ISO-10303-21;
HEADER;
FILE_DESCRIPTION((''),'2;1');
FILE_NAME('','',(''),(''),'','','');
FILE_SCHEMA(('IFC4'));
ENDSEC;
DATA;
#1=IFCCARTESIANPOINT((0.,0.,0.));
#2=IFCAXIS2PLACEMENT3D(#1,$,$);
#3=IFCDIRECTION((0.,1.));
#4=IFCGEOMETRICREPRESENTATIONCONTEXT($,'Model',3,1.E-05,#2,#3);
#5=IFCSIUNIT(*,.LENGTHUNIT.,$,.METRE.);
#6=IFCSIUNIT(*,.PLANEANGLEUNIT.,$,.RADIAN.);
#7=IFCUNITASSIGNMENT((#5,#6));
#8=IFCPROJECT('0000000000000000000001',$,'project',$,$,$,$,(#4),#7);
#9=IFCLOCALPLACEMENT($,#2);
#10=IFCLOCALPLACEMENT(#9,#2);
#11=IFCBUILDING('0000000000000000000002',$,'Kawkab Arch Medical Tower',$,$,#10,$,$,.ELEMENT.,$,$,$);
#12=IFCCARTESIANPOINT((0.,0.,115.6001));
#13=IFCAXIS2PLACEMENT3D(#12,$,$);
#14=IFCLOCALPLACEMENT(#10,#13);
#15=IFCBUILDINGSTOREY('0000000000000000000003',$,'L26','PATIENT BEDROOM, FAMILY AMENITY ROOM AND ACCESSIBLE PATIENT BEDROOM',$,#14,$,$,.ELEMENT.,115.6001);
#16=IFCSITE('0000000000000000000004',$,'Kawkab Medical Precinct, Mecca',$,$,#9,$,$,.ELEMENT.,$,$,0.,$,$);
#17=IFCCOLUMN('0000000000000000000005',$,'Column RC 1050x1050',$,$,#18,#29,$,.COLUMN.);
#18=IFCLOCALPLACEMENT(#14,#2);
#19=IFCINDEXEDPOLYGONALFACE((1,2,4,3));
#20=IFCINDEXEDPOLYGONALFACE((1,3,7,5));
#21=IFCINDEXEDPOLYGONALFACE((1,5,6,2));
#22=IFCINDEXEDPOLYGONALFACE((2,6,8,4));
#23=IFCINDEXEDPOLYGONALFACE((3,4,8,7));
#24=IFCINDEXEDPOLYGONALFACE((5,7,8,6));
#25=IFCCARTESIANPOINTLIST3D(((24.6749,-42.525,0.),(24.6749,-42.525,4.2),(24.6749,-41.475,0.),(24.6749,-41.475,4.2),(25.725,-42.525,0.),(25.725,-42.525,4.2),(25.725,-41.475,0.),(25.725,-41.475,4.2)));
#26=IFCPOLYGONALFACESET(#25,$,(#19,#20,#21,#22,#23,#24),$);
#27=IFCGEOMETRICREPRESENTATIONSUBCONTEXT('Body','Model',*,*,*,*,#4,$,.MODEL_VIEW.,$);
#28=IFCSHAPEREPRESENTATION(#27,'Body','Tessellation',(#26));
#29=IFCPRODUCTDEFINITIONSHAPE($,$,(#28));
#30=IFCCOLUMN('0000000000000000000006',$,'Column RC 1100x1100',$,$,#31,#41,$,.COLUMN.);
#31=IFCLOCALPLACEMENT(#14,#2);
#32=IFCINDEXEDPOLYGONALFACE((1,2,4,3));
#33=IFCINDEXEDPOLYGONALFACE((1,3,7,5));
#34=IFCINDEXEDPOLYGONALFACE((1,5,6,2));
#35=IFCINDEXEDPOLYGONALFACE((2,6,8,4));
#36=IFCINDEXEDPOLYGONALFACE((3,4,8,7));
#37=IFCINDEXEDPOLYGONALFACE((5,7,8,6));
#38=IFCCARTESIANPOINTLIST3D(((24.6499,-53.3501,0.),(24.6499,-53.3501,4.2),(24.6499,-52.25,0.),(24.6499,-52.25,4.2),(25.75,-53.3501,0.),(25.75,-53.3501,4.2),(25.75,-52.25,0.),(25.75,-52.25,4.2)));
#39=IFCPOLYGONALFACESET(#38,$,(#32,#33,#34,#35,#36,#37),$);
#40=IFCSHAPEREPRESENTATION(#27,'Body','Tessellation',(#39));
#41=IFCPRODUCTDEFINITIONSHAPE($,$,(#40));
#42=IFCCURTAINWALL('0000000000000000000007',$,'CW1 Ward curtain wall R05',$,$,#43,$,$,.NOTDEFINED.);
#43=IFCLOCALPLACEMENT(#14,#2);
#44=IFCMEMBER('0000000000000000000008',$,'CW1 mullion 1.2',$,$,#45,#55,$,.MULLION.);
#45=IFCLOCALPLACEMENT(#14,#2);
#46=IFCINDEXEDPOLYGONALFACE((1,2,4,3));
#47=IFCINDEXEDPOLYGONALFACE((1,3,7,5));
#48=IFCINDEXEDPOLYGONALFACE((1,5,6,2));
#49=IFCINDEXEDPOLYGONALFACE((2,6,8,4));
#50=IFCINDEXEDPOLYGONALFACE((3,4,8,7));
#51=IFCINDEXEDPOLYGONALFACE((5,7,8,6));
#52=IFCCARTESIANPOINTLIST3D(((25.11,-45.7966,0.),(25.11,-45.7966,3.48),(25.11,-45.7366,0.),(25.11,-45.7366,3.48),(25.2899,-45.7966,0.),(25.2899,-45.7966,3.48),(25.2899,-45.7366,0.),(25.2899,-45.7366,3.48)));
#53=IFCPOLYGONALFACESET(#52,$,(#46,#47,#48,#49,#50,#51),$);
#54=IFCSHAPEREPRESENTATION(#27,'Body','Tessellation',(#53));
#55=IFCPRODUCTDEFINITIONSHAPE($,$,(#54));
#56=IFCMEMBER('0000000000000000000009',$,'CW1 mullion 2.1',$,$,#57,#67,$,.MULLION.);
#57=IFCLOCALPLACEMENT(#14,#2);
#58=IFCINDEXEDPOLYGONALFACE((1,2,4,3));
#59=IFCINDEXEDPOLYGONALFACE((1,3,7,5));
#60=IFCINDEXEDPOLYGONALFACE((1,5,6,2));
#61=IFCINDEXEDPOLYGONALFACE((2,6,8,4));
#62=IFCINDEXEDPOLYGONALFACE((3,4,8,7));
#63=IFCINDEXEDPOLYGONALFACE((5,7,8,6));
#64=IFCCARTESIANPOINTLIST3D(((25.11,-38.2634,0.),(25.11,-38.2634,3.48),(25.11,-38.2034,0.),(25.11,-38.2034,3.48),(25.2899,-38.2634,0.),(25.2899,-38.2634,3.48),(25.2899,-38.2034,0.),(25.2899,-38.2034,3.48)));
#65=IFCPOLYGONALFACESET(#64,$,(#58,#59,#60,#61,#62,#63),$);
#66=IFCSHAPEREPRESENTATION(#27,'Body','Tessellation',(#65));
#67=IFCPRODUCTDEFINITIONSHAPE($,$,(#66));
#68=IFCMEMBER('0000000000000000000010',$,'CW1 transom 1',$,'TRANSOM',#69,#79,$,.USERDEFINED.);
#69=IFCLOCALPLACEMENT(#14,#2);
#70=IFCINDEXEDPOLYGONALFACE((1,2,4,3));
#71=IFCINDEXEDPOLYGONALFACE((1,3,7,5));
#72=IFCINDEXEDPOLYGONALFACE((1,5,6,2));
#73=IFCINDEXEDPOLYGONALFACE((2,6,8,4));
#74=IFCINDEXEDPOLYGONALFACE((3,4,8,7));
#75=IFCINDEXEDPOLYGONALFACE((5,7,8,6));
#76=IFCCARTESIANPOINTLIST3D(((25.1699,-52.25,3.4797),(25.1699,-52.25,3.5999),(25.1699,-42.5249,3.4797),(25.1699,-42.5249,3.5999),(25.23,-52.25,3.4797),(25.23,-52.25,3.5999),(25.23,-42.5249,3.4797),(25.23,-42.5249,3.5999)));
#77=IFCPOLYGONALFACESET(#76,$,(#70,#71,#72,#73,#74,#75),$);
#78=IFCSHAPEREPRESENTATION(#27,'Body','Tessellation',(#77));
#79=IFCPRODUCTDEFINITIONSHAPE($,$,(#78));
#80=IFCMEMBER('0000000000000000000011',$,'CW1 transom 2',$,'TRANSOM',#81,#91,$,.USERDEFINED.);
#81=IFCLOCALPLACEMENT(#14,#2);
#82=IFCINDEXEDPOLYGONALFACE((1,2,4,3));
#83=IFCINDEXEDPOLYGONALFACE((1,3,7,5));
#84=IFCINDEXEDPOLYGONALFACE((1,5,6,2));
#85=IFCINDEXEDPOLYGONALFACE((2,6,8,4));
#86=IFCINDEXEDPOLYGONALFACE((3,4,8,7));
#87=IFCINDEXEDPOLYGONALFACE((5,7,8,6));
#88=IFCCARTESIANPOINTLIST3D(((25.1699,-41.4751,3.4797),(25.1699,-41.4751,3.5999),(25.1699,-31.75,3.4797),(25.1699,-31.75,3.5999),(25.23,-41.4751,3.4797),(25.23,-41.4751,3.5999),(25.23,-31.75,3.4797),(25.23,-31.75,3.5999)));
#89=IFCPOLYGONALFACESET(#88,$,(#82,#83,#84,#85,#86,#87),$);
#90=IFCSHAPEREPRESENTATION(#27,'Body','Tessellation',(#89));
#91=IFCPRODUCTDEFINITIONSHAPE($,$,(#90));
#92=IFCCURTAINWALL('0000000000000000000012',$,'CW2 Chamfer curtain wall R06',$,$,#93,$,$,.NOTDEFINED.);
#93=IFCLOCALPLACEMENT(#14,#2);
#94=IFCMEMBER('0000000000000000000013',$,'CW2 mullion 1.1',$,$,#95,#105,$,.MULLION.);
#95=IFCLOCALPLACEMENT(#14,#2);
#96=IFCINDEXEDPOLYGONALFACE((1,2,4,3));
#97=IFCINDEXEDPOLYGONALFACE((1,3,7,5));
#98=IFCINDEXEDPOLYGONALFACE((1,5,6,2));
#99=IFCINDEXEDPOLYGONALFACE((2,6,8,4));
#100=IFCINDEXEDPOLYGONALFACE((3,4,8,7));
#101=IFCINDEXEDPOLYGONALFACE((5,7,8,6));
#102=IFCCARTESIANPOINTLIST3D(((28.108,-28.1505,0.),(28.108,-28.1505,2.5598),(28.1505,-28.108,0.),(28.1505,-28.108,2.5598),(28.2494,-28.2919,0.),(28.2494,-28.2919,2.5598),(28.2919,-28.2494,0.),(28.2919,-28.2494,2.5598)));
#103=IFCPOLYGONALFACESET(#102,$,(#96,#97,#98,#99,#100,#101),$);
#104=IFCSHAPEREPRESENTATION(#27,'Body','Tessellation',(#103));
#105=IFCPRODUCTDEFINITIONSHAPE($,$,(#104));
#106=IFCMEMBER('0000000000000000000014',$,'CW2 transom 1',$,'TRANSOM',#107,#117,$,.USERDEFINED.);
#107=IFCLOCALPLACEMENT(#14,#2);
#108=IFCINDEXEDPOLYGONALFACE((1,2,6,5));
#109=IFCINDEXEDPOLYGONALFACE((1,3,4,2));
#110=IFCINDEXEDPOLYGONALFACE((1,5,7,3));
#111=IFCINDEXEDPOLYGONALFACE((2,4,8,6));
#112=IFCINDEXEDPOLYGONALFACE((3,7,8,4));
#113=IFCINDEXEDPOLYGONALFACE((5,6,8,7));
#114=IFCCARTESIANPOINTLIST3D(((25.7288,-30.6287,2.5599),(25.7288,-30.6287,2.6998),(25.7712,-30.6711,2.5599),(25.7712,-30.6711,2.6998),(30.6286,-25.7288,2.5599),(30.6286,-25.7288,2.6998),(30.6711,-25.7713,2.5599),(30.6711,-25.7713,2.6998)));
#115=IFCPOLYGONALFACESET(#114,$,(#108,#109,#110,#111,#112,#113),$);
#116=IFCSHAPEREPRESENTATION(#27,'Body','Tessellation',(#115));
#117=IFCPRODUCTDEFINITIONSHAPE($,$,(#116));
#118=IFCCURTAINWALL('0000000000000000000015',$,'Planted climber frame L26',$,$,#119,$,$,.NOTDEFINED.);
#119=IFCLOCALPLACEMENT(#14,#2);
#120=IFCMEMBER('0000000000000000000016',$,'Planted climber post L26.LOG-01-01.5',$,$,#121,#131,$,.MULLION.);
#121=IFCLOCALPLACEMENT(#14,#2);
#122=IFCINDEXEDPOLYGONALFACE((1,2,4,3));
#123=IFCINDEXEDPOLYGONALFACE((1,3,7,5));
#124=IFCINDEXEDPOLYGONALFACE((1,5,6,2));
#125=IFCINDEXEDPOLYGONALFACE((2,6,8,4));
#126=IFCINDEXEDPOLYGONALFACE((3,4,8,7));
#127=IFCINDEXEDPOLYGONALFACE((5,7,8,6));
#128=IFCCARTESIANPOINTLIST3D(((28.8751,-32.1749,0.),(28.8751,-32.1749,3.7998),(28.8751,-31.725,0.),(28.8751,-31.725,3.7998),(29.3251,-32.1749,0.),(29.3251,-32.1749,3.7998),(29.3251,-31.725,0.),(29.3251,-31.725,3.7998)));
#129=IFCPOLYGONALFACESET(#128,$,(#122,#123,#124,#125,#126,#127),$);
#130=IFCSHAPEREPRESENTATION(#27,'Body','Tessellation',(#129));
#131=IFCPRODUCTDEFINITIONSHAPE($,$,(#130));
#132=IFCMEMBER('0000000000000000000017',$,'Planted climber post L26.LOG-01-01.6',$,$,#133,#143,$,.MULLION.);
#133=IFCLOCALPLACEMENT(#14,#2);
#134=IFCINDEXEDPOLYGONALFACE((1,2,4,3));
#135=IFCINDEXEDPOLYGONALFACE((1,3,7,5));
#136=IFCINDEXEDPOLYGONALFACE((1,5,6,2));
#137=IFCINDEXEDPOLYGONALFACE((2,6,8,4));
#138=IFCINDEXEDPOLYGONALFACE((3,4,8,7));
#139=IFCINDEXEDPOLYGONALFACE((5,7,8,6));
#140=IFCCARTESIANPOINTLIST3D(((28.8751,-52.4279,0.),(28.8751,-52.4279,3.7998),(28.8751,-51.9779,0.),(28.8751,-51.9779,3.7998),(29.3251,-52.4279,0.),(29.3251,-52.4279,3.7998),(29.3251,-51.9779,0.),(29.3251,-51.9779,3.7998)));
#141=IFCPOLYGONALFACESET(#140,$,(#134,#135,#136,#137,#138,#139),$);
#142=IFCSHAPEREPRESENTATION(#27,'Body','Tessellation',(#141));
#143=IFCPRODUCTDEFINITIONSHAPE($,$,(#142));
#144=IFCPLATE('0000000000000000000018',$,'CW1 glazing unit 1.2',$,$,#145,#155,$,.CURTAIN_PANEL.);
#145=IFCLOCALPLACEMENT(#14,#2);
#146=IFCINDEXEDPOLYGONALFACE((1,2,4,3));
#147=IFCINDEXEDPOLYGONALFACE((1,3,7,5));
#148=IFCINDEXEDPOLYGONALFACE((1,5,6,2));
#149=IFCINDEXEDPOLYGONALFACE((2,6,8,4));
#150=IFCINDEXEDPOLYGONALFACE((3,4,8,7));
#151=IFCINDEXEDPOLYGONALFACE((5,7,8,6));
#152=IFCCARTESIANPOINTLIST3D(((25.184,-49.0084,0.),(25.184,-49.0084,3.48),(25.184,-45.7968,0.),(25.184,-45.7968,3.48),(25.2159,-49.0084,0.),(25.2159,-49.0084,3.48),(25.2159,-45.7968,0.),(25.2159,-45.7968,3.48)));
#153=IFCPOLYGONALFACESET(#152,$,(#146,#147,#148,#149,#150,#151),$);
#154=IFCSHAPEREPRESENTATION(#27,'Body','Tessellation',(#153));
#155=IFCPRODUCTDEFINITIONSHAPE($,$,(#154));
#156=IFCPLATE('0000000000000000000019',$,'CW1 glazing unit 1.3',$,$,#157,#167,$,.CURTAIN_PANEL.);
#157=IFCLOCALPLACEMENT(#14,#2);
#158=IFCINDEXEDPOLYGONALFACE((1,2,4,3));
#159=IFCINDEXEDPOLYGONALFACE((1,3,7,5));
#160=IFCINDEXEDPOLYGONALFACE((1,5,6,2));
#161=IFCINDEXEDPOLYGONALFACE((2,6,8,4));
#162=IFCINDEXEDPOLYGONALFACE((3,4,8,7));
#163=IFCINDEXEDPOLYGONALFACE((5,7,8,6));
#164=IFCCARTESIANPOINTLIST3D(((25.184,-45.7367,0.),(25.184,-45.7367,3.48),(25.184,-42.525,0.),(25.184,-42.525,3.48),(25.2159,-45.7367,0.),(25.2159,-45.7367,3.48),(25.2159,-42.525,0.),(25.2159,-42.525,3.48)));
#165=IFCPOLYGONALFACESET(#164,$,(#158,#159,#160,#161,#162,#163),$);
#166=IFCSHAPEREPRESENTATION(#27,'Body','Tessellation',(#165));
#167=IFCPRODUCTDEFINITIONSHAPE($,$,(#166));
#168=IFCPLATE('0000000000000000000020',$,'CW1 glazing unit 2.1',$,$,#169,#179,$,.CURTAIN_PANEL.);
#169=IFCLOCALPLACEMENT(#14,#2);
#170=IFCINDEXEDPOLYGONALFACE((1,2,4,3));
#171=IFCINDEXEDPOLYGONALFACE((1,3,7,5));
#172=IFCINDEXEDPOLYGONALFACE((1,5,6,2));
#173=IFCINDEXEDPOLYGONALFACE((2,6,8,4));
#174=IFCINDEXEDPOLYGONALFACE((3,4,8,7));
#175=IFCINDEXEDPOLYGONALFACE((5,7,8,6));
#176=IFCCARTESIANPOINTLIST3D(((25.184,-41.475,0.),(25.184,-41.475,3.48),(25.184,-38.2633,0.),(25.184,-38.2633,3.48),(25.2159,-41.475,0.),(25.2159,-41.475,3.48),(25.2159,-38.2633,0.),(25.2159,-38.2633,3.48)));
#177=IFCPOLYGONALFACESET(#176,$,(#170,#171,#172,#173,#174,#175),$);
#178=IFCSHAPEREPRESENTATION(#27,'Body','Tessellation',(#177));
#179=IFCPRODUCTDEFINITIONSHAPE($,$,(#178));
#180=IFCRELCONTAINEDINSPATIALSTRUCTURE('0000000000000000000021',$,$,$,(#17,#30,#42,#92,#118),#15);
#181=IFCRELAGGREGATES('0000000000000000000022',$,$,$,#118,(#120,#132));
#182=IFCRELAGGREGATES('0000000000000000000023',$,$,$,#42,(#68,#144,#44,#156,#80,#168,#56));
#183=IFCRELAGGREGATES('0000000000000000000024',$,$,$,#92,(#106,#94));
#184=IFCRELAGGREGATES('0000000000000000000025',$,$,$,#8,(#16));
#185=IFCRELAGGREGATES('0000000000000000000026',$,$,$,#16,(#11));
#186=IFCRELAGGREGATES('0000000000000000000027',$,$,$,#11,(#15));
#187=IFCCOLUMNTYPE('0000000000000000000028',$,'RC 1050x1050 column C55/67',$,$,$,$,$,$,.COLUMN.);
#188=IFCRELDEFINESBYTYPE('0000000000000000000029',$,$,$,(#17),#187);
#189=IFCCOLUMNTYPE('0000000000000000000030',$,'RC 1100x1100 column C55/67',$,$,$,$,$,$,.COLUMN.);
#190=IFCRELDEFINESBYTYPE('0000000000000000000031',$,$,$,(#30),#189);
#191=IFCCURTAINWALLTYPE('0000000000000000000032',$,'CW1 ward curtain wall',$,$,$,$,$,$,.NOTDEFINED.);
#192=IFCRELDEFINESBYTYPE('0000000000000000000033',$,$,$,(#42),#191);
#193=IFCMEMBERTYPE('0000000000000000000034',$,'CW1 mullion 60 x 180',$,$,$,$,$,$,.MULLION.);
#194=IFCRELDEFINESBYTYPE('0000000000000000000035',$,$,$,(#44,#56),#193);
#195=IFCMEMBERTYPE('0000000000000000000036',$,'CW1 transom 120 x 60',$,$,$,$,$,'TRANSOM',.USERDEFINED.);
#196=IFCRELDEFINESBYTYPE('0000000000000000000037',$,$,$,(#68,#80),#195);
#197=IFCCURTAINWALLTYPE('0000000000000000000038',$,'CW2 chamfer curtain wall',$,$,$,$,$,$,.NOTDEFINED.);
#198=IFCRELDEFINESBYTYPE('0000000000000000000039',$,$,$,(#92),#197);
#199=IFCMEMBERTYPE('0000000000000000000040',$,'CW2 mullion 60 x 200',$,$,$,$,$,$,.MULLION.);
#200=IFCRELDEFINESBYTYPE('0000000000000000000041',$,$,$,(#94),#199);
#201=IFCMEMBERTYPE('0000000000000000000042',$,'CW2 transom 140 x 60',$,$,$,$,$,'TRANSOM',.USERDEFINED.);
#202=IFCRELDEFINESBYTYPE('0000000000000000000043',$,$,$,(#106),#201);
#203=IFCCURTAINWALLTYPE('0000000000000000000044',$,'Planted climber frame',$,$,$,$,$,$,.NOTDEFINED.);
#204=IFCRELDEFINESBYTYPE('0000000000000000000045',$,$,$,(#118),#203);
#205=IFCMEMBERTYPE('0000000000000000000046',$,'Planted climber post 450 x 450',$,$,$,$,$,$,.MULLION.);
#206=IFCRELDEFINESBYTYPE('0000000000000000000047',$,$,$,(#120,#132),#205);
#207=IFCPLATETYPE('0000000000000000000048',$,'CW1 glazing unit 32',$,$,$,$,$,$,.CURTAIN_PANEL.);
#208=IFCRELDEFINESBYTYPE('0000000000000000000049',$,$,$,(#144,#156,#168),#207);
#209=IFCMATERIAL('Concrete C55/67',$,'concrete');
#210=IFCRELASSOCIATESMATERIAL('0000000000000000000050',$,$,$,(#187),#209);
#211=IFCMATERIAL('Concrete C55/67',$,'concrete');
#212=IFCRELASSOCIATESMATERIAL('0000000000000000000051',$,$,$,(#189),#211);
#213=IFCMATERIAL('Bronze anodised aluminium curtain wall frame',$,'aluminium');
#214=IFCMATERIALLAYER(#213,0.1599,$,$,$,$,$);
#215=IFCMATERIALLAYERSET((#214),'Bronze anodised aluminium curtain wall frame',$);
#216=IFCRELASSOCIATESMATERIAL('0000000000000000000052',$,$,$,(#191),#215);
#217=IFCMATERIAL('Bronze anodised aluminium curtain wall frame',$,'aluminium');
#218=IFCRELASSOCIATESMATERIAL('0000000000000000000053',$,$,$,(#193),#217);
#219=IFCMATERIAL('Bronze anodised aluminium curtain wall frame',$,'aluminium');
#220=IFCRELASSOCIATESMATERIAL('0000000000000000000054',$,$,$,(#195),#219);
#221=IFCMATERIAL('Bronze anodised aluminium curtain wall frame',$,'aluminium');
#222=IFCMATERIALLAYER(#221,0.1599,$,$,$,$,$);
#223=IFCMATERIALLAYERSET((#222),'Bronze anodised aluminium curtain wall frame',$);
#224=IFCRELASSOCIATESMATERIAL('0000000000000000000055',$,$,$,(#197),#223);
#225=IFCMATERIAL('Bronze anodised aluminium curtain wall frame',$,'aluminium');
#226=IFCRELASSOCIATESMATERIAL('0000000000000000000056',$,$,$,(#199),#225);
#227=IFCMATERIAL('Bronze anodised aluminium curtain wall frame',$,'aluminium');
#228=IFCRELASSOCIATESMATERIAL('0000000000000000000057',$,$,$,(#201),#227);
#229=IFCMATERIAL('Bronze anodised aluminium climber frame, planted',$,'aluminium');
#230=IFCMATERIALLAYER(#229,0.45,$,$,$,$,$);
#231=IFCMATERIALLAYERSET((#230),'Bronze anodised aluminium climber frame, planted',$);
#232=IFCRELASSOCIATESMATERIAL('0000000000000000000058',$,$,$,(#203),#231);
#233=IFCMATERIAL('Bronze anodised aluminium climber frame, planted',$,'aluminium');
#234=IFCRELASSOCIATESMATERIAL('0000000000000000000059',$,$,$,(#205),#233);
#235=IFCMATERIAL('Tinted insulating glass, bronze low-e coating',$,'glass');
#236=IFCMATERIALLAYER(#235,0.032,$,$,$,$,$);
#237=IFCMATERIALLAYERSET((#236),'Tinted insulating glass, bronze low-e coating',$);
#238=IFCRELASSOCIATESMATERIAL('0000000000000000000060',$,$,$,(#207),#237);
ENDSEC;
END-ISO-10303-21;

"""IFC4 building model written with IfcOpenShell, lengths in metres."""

from ifc_helpers import new_model, si_unit, direction, frame, origin, origin_2d, place, context, subcontext, project, spatial, rectangle, extrude, material, layer, layer_set, material_profile, profile_set, type_object, element, aggregate, save


model = new_model("IFC4")

# Units and contexts
model_context = context("Model", 3, precision=1e-05, world=origin(), true_north=direction((0.0, 1.0)))
body_context = subcontext(model_context, "Body", "Model", "MODEL_VIEW")
ifc_project = project(units=[si_unit("LENGTHUNIT", "METRE"), si_unit("PLANEANGLEUNIT", "RADIAN")], contexts=[model_context])

# Site, building, storey
site_placement = place(None, origin())
site = spatial("IfcSite", under=ifc_project, at=site_placement, Name="Kawkab Medical Precinct, Mecca", CompositionType="ELEMENT", RefElevation=0.0)
building_placement = place(site_placement, origin())
building = spatial("IfcBuilding", under=site, at=building_placement, Name="Kawkab Arch Medical Tower", CompositionType="ELEMENT")
storey_placement = place(building_placement, frame((0.0, 0.0, 115.6001)))
storey = spatial("IfcBuildingStorey", under=building, at=storey_placement, Name="L26", Description="PATIENT BEDROOM, FAMILY AMENITY ROOM AND ACCESSIBLE PATIENT BEDROOM", CompositionType="ELEMENT", Elevation=115.6001)

# Columns
ifc_material_1 = material(Name="Concrete C55/67", Category="concrete")
ifc_material_profile_1 = material_profile(ifc_material_1, rectangle(XDim=1.05, YDim=1.05, at=origin_2d()), Name="RC 1050x1050")
ifc_profile_set_1 = profile_set([ifc_material_profile_1], Name="Concrete C55/67")
column_type_1 = type_object("IfcColumnType", Name="RC 1050x1050 column C55/67", PredefinedType="COLUMN", material=ifc_profile_set_1)
column_1_placement = place(storey_placement, frame((25.2, -42.0, 0.0), z_axis=(0.0, 0.0, 1.0), x_axis=(1.0, 0.0, 0.0)))
element("IfcColumn", 1, at=column_1_placement, inside=storey, type_object=column_type_1, Name="Column RC 1050x1050", PredefinedType="COLUMN", context=body_context, shape_type="SweptSolid", body=[
    extrude(rectangle(XDim=1.05, YDim=1.05, at=origin_2d()), origin(), (0.0, 0.0, 1.0), 4.2),
])
ifc_material_2 = material(Name="Concrete C55/67", Category="concrete")
ifc_material_profile_2 = material_profile(ifc_material_2, rectangle(XDim=1.1001, YDim=1.1001, at=origin_2d()), Name="RC 1100x1100")
ifc_profile_set_2 = profile_set([ifc_material_profile_2], Name="Concrete C55/67")
column_type_2 = type_object("IfcColumnType", Name="RC 1100x1100 column C55/67", PredefinedType="COLUMN", material=ifc_profile_set_2)
column_2_placement = place(storey_placement, frame((25.2, -52.8, 0.0), z_axis=(0.0, 0.0, 1.0), x_axis=(1.0, 0.0, 0.0)))
element("IfcColumn", 2, at=column_2_placement, inside=storey, type_object=column_type_2, Name="Column RC 1100x1100", PredefinedType="COLUMN", context=body_context, shape_type="SweptSolid", body=[
    extrude(rectangle(XDim=1.1001, YDim=1.1001, at=origin_2d()), origin(), (0.0, 0.0, 1.0), 4.2),
])

# Curtain walls, members
ifc_material_3 = material(Name="Bronze anodised aluminium curtain wall frame", Category="aluminium")
ifc_layer_1 = layer(ifc_material_3, 0.1599)
ifc_layer_set_1 = layer_set([ifc_layer_1], Name="Bronze anodised aluminium curtain wall frame")
curtain_wall_type_1 = type_object("IfcCurtainWallType", Name="CW1 ward curtain wall", PredefinedType="NOTDEFINED", material=ifc_layer_set_1)
placement = place(storey_placement, origin())
curtain_wall_1 = element("IfcCurtainWall", 3, at=placement, inside=storey, type_object=curtain_wall_type_1, Name="CW1 Ward curtain wall R05", PredefinedType="NOTDEFINED")
ifc_material_4 = material(Name="Bronze anodised aluminium curtain wall frame", Category="aluminium")
ifc_material_profile_3 = material_profile(ifc_material_4, rectangle(XDim=0.1799, YDim=0.0601, at=origin_2d()), Name="AL 60x180")
ifc_profile_set_3 = profile_set([ifc_material_profile_3], Name="Bronze anodised aluminium curtain wall frame")
member_type_1 = type_object("IfcMemberType", Name="CW1 mullion 60 x 180", PredefinedType="MULLION", material=ifc_profile_set_3)
member_1_placement = place(storey_placement, frame((25.2, -45.7666, 0.0), z_axis=(0.0, 0.0, 1.0), x_axis=(-1.0, 0.0, 0.0)))
member_1 = element("IfcMember", 4, at=member_1_placement, type_object=member_type_1, Name="CW1 mullion 1.2", PredefinedType="MULLION", context=body_context, shape_type="SweptSolid", body=[
    extrude(rectangle(XDim=0.1799, YDim=0.0601, at=origin_2d()), origin(), (0.0, 0.0, 1.0), 3.48),
])
member_2_placement = place(storey_placement, frame((25.2, -38.2334, 0.0), z_axis=(0.0, 0.0, 1.0), x_axis=(-1.0, 0.0, 0.0)))
member_2 = element("IfcMember", 5, at=member_2_placement, type_object=member_type_1, Name="CW1 mullion 2.1", PredefinedType="MULLION", context=body_context, shape_type="SweptSolid", body=[
    extrude(rectangle(XDim=0.1799, YDim=0.0601, at=origin_2d()), origin(), (0.0, 0.0, 1.0), 3.48),
])
ifc_material_5 = material(Name="Bronze anodised aluminium curtain wall frame", Category="aluminium")
ifc_material_profile_4 = material_profile(ifc_material_5, rectangle(XDim=0.0601, YDim=0.1201, at=origin_2d()), Name="AL 60x120")
ifc_profile_set_4 = profile_set([ifc_material_profile_4], Name="Bronze anodised aluminium curtain wall frame")
member_type_2 = type_object("IfcMemberType", Name="CW1 transom 120 x 60", ElementType="TRANSOM", PredefinedType="USERDEFINED", material=ifc_profile_set_4)
member_3_placement = place(storey_placement, frame((25.2, -52.25, 3.5398), z_axis=(0.0, 1.0, 0.0), x_axis=(-1.0, 0.0, 0.0)))
member_3 = element("IfcMember", 6, at=member_3_placement, type_object=member_type_2, Name="CW1 transom 1", ObjectType="TRANSOM", PredefinedType="USERDEFINED", context=body_context, shape_type="SweptSolid", body=[
    extrude(rectangle(XDim=0.0601, YDim=0.1201, at=origin_2d()), origin(), (0.0, 0.0, 1.0), 9.7251),
])
member_4_placement = place(storey_placement, frame((25.2, -41.4751, 3.5398), z_axis=(0.0, 1.0, 0.0), x_axis=(-1.0, 0.0, 0.0)))
member_4 = element("IfcMember", 7, at=member_4_placement, type_object=member_type_2, Name="CW1 transom 2", ObjectType="TRANSOM", PredefinedType="USERDEFINED", context=body_context, shape_type="SweptSolid", body=[
    extrude(rectangle(XDim=0.0601, YDim=0.1201, at=origin_2d()), origin(), (0.0, 0.0, 1.0), 9.7251),
])
ifc_material_6 = material(Name="Bronze anodised aluminium curtain wall frame", Category="aluminium")
ifc_layer_2 = layer(ifc_material_6, 0.1599)
ifc_layer_set_2 = layer_set([ifc_layer_2], Name="Bronze anodised aluminium curtain wall frame")
curtain_wall_type_2 = type_object("IfcCurtainWallType", Name="CW2 chamfer curtain wall", PredefinedType="NOTDEFINED", material=ifc_layer_set_2)
curtain_wall_2 = element("IfcCurtainWall", 8, at=placement, inside=storey, type_object=curtain_wall_type_2, Name="CW2 Chamfer curtain wall R06", PredefinedType="NOTDEFINED")
ifc_material_7 = material(Name="Bronze anodised aluminium curtain wall frame", Category="aluminium")
ifc_material_profile_5 = material_profile(ifc_material_7, rectangle(XDim=0.2, YDim=0.0601, at=origin_2d()), Name="AL 60x200")
ifc_profile_set_5 = profile_set([ifc_material_profile_5], Name="Bronze anodised aluminium curtain wall frame")
member_type_3 = type_object("IfcMemberType", Name="CW2 mullion 60 x 200", PredefinedType="MULLION", material=ifc_profile_set_5)
member_5_placement = place(storey_placement, frame((28.2, -28.2, 0.0), z_axis=(0.0, 0.0, 1.0), x_axis=(-0.707107, 0.707107, 0.0)))
member_5 = element("IfcMember", 9, at=member_5_placement, type_object=member_type_3, Name="CW2 mullion 1.1", PredefinedType="MULLION", context=body_context, shape_type="SweptSolid", body=[
    extrude(rectangle(XDim=0.2, YDim=0.0601, at=origin_2d()), origin(), (0.0, 0.0, 1.0), 2.5598),
])
ifc_material_8 = material(Name="Bronze anodised aluminium curtain wall frame", Category="aluminium")
ifc_material_profile_6 = material_profile(ifc_material_8, rectangle(XDim=0.0601, YDim=0.1399, at=origin_2d()), Name="AL 60x140")
ifc_profile_set_6 = profile_set([ifc_material_profile_6], Name="Bronze anodised aluminium curtain wall frame")
member_type_4 = type_object("IfcMemberType", Name="CW2 transom 140 x 60", ElementType="TRANSOM", PredefinedType="USERDEFINED", material=ifc_profile_set_6)
member_6_placement = place(storey_placement, frame((25.75, -30.6499, 2.6299), z_axis=(0.707107, 0.707107, 0.0), x_axis=(-0.707107, 0.707107, 0.0)))
member_6 = element("IfcMember", 10, at=member_6_placement, type_object=member_type_4, Name="CW2 transom 1", ObjectType="TRANSOM", PredefinedType="USERDEFINED", context=body_context, shape_type="SweptSolid", body=[
    extrude(rectangle(XDim=0.0601, YDim=0.1399, at=origin_2d()), origin(), (0.0, 0.0, 1.0), 6.9294),
])
ifc_material_9 = material(Name="Bronze anodised aluminium climber frame, planted", Category="aluminium")
ifc_layer_3 = layer(ifc_material_9, 0.45)
ifc_layer_set_3 = layer_set([ifc_layer_3], Name="Bronze anodised aluminium climber frame, planted")
curtain_wall_type_3 = type_object("IfcCurtainWallType", Name="Planted climber frame", PredefinedType="NOTDEFINED", material=ifc_layer_set_3)
curtain_wall_3 = element("IfcCurtainWall", 11, at=placement, inside=storey, type_object=curtain_wall_type_3, Name="Planted climber frame L26", PredefinedType="NOTDEFINED")
ifc_material_10 = material(Name="Bronze anodised aluminium climber frame, planted", Category="aluminium")
ifc_material_profile_7 = material_profile(ifc_material_10, rectangle(XDim=0.45, YDim=0.45, at=origin_2d()), Name="Post 450x450")
ifc_profile_set_7 = profile_set([ifc_material_profile_7], Name="Bronze anodised aluminium climber frame, planted")
member_type_5 = type_object("IfcMemberType", Name="Planted climber post 450 x 450", PredefinedType="MULLION", material=ifc_profile_set_7)
member_7_placement = place(storey_placement, frame((29.1001, -31.95, 0.0), z_axis=(0.0, 0.0, 1.0), x_axis=(1.0, 0.0, 0.0)))
member_7 = element("IfcMember", 12, at=member_7_placement, type_object=member_type_5, Name="Planted climber post L26.LOG-01-01.5", PredefinedType="MULLION", context=body_context, shape_type="SweptSolid", body=[
    extrude(rectangle(XDim=0.45, YDim=0.45, at=origin_2d()), origin(), (0.0, 0.0, 1.0), 3.7998),
])
member_8_placement = place(storey_placement, frame((29.1001, -52.2029, 0.0), z_axis=(0.0, 0.0, 1.0), x_axis=(1.0, 0.0, 0.0)))
member_8 = element("IfcMember", 13, at=member_8_placement, type_object=member_type_5, Name="Planted climber post L26.LOG-01-01.6", PredefinedType="MULLION", context=body_context, shape_type="SweptSolid", body=[
    extrude(rectangle(XDim=0.45, YDim=0.45, at=origin_2d()), origin(), (0.0, 0.0, 1.0), 3.7998),
])
aggregate(curtain_wall_3, [member_7, member_8])

# Plates
ifc_material_11 = material(Name="Tinted insulating glass, bronze low-e coating", Category="glass")
ifc_layer_4 = layer(ifc_material_11, 0.032)
ifc_layer_set_4 = layer_set([ifc_layer_4], Name="Tinted insulating glass, bronze low-e coating")
plate_type_1 = type_object("IfcPlateType", Name="CW1 glazing unit 32", PredefinedType="CURTAIN_PANEL", material=ifc_layer_set_4)
plate_1_placement = place(storey_placement, frame((25.2, -47.4026, 0.0), z_axis=(0.0, 0.0, 1.0), x_axis=(0.0, 1.0, 0.0)))
plate_1 = element("IfcPlate", 14, at=plate_1_placement, type_object=plate_type_1, Name="CW1 glazing unit 1.2", PredefinedType="CURTAIN_PANEL", context=body_context, shape_type="SweptSolid", body=[
    extrude(rectangle(XDim=3.2117, YDim=0.032, at=origin_2d()), origin(), (0.0, 0.0, 1.0), 3.48),
])
plate_2_placement = place(storey_placement, frame((25.2, -44.1309, 0.0), z_axis=(0.0, 0.0, 1.0), x_axis=(0.0, 1.0, 0.0)))
plate_2 = element("IfcPlate", 15, at=plate_2_placement, type_object=plate_type_1, Name="CW1 glazing unit 1.3", PredefinedType="CURTAIN_PANEL", context=body_context, shape_type="SweptSolid", body=[
    extrude(rectangle(XDim=3.2117, YDim=0.032, at=origin_2d()), origin(), (0.0, 0.0, 1.0), 3.48),
])
plate_3_placement = place(storey_placement, frame((25.2, -39.8691, 0.0), z_axis=(0.0, 0.0, 1.0), x_axis=(0.0, 1.0, 0.0)))
plate_3 = element("IfcPlate", 16, at=plate_3_placement, type_object=plate_type_1, Name="CW1 glazing unit 2.1", PredefinedType="CURTAIN_PANEL", context=body_context, shape_type="SweptSolid", body=[
    extrude(rectangle(XDim=3.2117, YDim=0.032, at=origin_2d()), origin(), (0.0, 0.0, 1.0), 3.48),
])
aggregate(curtain_wall_1, [member_3, plate_1, member_1, plate_2, member_4, plate_3, member_2])
aggregate(curtain_wall_2, [member_6, member_5])

save(model, "model.ifc")
